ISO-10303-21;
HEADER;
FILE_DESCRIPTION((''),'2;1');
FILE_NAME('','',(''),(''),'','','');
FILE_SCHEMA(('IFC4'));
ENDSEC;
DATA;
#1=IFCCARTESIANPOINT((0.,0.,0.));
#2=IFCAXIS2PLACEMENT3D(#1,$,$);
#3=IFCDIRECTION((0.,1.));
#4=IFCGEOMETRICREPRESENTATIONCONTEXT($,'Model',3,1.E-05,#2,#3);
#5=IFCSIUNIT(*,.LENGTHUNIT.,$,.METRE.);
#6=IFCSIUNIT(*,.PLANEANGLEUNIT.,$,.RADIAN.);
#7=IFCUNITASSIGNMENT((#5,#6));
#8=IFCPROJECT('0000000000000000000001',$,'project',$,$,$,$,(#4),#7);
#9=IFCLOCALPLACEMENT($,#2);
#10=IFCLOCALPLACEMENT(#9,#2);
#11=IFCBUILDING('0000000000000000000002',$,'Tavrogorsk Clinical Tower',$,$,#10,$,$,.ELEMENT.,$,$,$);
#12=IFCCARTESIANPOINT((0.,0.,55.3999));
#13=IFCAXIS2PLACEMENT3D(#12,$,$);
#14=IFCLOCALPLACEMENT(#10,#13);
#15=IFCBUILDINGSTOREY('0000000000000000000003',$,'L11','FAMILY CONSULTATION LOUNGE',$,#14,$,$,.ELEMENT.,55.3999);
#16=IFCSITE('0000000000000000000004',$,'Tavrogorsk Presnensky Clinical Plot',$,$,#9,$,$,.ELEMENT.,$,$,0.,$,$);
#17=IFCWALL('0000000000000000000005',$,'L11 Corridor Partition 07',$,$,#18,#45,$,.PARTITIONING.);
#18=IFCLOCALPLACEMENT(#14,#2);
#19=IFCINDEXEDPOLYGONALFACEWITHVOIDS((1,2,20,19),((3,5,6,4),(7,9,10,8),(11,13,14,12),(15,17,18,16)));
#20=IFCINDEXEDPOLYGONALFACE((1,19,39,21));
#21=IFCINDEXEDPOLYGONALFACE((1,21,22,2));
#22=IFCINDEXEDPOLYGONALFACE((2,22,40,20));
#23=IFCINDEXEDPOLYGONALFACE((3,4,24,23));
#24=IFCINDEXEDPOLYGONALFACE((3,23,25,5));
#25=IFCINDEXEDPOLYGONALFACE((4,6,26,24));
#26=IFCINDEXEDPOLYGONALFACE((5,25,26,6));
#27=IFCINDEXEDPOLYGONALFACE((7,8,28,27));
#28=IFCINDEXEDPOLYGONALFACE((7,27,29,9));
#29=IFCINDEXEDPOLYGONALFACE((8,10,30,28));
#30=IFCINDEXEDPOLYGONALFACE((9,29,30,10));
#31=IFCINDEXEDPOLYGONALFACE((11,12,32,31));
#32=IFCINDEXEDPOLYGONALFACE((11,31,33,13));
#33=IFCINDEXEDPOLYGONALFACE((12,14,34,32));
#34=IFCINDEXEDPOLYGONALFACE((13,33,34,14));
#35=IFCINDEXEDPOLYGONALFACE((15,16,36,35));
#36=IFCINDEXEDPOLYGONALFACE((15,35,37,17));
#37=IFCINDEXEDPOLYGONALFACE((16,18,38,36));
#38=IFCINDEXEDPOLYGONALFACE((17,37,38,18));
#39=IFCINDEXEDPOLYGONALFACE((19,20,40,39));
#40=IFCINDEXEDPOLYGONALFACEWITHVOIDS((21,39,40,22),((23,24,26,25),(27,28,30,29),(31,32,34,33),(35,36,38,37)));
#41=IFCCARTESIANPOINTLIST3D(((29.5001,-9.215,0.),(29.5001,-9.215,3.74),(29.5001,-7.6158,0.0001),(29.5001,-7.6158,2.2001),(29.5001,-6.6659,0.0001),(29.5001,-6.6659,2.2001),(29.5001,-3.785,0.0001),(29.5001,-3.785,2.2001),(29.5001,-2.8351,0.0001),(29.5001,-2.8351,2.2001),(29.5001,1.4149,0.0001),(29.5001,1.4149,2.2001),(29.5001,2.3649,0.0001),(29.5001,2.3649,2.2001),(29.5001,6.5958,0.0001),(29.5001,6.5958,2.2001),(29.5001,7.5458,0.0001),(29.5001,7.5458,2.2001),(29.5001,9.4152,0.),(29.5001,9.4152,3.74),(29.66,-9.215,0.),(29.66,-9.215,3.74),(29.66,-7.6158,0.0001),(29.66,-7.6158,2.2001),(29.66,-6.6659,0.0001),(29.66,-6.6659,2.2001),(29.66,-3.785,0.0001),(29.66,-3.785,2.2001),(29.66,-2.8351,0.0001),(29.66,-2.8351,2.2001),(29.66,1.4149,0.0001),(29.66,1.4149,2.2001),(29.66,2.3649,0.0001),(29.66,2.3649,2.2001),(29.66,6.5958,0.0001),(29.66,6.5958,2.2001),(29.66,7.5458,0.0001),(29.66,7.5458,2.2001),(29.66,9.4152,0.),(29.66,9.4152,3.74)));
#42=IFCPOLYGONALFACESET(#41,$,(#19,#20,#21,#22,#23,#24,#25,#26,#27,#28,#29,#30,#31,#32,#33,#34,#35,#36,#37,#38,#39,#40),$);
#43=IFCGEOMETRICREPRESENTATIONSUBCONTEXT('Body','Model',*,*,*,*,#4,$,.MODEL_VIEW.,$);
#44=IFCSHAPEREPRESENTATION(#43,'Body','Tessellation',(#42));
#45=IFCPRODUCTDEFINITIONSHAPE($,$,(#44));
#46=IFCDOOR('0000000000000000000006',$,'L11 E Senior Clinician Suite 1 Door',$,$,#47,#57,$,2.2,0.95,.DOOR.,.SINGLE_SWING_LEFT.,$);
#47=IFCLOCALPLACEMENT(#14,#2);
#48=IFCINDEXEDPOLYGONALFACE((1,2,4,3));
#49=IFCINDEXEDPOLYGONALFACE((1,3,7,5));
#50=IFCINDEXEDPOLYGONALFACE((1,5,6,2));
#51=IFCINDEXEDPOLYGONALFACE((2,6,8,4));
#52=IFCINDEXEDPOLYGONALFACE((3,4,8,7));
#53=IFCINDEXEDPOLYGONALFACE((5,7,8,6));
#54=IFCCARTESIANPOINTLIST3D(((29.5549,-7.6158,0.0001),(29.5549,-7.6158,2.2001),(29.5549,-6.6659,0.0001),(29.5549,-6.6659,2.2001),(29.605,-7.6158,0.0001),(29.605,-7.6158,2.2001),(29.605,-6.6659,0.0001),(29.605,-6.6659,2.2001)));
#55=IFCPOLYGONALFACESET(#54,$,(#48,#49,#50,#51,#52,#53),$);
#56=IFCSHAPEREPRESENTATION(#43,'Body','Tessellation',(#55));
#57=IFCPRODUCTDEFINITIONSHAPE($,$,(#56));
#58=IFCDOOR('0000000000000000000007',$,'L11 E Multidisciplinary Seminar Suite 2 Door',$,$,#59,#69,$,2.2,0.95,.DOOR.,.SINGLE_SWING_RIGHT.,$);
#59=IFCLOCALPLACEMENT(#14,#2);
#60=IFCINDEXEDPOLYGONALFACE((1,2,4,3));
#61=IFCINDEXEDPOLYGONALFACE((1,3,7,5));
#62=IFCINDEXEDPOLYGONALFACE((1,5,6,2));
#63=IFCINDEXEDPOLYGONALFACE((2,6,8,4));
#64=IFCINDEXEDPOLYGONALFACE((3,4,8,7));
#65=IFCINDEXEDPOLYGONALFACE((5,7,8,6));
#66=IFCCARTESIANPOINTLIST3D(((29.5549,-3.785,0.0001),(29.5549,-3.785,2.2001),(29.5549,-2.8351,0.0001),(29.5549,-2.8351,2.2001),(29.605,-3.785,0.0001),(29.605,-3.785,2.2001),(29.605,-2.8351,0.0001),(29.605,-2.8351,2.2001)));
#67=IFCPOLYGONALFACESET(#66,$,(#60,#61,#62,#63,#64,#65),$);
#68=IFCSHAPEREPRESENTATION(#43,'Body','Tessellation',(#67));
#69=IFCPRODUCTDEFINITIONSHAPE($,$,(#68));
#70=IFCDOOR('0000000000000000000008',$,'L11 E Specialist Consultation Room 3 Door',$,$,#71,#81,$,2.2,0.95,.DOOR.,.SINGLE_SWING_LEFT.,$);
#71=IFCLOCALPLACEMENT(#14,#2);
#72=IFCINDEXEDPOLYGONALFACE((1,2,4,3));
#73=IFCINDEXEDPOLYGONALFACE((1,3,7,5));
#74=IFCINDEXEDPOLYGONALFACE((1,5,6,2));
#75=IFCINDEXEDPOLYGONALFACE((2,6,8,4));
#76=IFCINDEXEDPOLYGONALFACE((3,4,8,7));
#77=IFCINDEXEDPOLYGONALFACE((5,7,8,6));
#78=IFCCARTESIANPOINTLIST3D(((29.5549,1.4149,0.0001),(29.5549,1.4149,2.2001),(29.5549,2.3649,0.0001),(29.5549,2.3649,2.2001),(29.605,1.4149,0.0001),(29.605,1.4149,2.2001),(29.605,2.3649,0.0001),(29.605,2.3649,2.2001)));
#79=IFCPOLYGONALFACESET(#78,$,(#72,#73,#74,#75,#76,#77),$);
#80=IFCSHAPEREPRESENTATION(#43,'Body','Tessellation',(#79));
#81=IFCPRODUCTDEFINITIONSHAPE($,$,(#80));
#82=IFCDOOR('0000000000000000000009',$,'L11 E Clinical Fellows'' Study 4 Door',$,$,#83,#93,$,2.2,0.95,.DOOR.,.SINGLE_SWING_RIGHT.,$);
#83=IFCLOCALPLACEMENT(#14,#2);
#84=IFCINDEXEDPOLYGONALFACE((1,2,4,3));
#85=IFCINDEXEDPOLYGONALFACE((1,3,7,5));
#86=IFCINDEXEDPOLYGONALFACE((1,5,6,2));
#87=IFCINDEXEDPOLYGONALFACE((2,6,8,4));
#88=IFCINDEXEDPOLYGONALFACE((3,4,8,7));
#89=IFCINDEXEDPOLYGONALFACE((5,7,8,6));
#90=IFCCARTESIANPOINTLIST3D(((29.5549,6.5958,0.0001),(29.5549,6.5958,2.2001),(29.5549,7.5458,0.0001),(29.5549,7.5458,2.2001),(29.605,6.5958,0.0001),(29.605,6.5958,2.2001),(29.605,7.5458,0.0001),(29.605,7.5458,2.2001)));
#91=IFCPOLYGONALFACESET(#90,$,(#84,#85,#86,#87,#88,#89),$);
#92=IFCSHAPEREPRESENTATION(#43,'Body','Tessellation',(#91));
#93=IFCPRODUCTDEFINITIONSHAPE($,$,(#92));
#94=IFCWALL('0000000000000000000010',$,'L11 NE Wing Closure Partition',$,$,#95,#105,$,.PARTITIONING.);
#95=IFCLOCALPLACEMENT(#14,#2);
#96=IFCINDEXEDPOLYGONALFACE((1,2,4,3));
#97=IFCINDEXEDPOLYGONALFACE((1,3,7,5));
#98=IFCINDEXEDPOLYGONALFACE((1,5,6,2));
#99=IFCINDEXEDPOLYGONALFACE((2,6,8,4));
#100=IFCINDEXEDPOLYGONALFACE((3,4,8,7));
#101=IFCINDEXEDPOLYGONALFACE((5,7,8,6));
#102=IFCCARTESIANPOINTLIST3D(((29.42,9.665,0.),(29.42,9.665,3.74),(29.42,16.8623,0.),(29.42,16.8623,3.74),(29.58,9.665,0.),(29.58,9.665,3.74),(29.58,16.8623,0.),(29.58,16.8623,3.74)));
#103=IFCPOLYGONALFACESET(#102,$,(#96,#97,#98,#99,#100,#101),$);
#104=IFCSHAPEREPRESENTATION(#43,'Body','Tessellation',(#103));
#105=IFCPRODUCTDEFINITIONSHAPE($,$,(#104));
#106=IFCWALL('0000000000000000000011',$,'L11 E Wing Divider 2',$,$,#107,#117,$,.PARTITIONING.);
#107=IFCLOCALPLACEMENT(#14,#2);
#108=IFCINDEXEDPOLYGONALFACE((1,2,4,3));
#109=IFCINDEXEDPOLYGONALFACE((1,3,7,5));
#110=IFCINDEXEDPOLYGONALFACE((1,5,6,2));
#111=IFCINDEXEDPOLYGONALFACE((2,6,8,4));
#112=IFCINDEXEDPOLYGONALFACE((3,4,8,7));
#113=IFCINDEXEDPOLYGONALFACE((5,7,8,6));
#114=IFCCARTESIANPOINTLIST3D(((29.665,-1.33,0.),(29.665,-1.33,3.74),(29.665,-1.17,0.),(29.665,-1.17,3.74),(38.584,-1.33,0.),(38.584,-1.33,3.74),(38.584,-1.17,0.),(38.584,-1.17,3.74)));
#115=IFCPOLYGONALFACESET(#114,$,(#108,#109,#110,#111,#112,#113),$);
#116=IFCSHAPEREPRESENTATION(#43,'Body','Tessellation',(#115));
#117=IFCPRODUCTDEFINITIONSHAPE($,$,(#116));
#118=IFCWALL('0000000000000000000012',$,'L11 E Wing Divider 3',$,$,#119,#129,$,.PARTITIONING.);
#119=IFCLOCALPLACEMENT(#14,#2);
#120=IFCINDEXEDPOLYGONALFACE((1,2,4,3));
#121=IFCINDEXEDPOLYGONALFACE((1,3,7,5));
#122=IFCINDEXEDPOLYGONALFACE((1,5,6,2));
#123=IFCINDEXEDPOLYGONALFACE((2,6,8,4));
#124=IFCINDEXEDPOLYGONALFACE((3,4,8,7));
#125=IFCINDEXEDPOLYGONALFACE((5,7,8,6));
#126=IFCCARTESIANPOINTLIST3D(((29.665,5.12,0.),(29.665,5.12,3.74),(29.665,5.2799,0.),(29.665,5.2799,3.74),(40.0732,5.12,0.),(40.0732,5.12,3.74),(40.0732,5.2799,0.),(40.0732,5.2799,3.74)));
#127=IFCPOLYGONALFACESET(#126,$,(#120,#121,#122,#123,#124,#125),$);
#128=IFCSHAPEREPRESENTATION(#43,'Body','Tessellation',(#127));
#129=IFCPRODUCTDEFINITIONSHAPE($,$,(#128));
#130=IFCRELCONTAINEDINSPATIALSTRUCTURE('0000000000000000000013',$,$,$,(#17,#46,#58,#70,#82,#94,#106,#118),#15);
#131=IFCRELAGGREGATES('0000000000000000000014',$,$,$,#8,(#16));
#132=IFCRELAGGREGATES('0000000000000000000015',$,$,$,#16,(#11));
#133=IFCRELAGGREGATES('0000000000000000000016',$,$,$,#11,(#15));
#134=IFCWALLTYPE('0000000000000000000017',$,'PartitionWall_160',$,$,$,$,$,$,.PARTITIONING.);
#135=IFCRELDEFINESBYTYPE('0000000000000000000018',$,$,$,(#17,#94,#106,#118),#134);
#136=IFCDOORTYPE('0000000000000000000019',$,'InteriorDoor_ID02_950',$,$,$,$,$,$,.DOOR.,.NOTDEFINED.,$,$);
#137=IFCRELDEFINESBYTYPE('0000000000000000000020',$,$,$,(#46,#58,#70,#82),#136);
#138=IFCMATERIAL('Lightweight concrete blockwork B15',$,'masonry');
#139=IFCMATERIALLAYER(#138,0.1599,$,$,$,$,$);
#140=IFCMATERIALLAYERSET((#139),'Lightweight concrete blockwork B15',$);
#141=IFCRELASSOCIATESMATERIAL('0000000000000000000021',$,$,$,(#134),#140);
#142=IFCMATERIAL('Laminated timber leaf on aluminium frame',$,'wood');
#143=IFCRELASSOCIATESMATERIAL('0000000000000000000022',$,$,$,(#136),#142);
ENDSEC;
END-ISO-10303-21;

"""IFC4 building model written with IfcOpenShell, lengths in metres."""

from ifc_helpers import new_model, si_unit, direction, frame, frame_2d, origin, place, context, subcontext, project, spatial, rectangle, extrude, material, layer, layer_set, type_object, element, fill, save


model = new_model("IFC4")

# Units and contexts
model_context = context("Model", 3, precision=1e-05, world=origin(), true_north=direction((0.0, 1.0)))
body_context = subcontext(model_context, "Body", "Model", "MODEL_VIEW")
ifc_project = project(units=[si_unit("LENGTHUNIT", "METRE"), si_unit("PLANEANGLEUNIT", "RADIAN")], contexts=[model_context])

# Site, building, storey
site_placement = place(None, origin())
site = spatial("IfcSite", under=ifc_project, at=site_placement, Name="Tavrogorsk Presnensky Clinical Plot", CompositionType="ELEMENT", RefElevation=0.0)
building_placement = place(site_placement, origin())
building = spatial("IfcBuilding", under=site, at=building_placement, Name="Tavrogorsk Clinical Tower", CompositionType="ELEMENT")
storey_placement = place(building_placement, frame((0.0, 0.0, 55.3999)))
storey = spatial("IfcBuildingStorey", under=building, at=storey_placement, Name="L11", Description="FAMILY CONSULTATION LOUNGE", CompositionType="ELEMENT", Elevation=55.3999)

# Shared definitions
ifc_material_1 = material(Name="Lightweight concrete blockwork B15", Category="masonry")
ifc_layer_1 = layer(ifc_material_1, 0.1599)
ifc_layer_set_1 = layer_set([ifc_layer_1], Name="Lightweight concrete blockwork B15")
wall_type_1 = type_object("IfcWallType", Name="PartitionWall_160", PredefinedType="PARTITIONING", material=ifc_layer_set_1)

# Wall, openings, doors
wall_1_placement = place(storey_placement, frame((29.5801, 9.415, 0.0), z_axis=(0.0, 0.0, 1.0), x_axis=(0.0, -1.0, 0.0)))
wall_1 = element("IfcWall", 1, at=wall_1_placement, inside=storey, type_object=wall_type_1, Name="L11 Corridor Partition 07", PredefinedType="PARTITIONING", context=body_context, shape_type="SweptSolid", body=[
    extrude(rectangle(XDim=18.6301, YDim=0.1599, at=frame_2d((9.3149, 0.0))), origin(), (0.0, 0.0, 1.0), 3.74),
])
opening_1_placement = place(wall_1_placement, frame((16.0808, 0.0, 0.0)))
opening_1 = element("IfcOpeningElement", 2, at=opening_1_placement, cuts=wall_1, PredefinedType="OPENING", context=body_context, shape_type="SweptSolid", body=[
    extrude(rectangle(XDim=0.95, YDim=2.2, at=frame_2d((0.4751, 1.1001))), frame((0.0, 0.0898, 0.0), z_axis=(0.0, -1.0, 0.0), x_axis=(1.0, 0.0, 0.0)), (0.0, 0.0, 1.0), 0.1799),
])
opening_2_placement = place(wall_1_placement, frame((12.25, 0.0, 0.0)))
opening_2 = element("IfcOpeningElement", 3, at=opening_2_placement, cuts=wall_1, PredefinedType="OPENING", context=body_context, shape_type="SweptSolid", body=[
    extrude(rectangle(XDim=0.95, YDim=2.2, at=frame_2d((0.4751, 1.1001))), frame((0.0, 0.0898, 0.0), z_axis=(0.0, -1.0, 0.0), x_axis=(1.0, 0.0, 0.0)), (0.0, 0.0, 1.0), 0.1799),
])
opening_3_placement = place(wall_1_placement, frame((7.05, 0.0, 0.0)))
opening_3 = element("IfcOpeningElement", 4, at=opening_3_placement, cuts=wall_1, PredefinedType="OPENING", context=body_context, shape_type="SweptSolid", body=[
    extrude(rectangle(XDim=0.95, YDim=2.2, at=frame_2d((0.4751, 1.1001))), frame((0.0, 0.0898, 0.0), z_axis=(0.0, -1.0, 0.0), x_axis=(1.0, 0.0, 0.0)), (0.0, 0.0, 1.0), 0.1799),
])
opening_4_placement = place(wall_1_placement, frame((1.8691, 0.0, 0.0)))
opening_4 = element("IfcOpeningElement", 5, at=opening_4_placement, cuts=wall_1, PredefinedType="OPENING", context=body_context, shape_type="SweptSolid", body=[
    extrude(rectangle(XDim=0.95, YDim=2.2, at=frame_2d((0.4751, 1.1001))), frame((0.0, 0.0898, 0.0), z_axis=(0.0, -1.0, 0.0), x_axis=(1.0, 0.0, 0.0)), (0.0, 0.0, 1.0), 0.1799),
])
ifc_material_2 = material(Name="Laminated timber leaf on aluminium frame", Category="wood")
door_type = type_object("IfcDoorType", Name="InteriorDoor_ID02_950", OperationType="NOTDEFINED", PredefinedType="DOOR", material=ifc_material_2)
door_1_placement = place(opening_1_placement, origin())
door_1 = element("IfcDoor", 6, at=door_1_placement, inside=storey, type_object=door_type, Name="L11 E Senior Clinician Suite 1 Door", OperationType="SINGLE_SWING_LEFT", OverallHeight=2.2, OverallWidth=0.95, PredefinedType="DOOR", context=body_context, shape_type="SweptSolid", body=[
    extrude(rectangle(XDim=0.95, YDim=2.2, at=frame_2d((0.4751, 1.1001))), frame((0.0, 0.0249, 0.0), z_axis=(0.0, -1.0, 0.0), x_axis=(1.0, 0.0, 0.0)), (0.0, 0.0, 1.0), 0.05),
])
fill(opening_1, door_1)
door_2_placement = place(opening_2_placement, origin())
door_2 = element("IfcDoor", 7, at=door_2_placement, inside=storey, type_object=door_type, Name="L11 E Multidisciplinary Seminar Suite 2 Door", OperationType="SINGLE_SWING_RIGHT", OverallHeight=2.2, OverallWidth=0.95, PredefinedType="DOOR", context=body_context, shape_type="SweptSolid", body=[
    extrude(rectangle(XDim=0.95, YDim=2.2, at=frame_2d((0.4751, 1.1001))), frame((0.0, 0.0249, 0.0), z_axis=(0.0, -1.0, 0.0), x_axis=(1.0, 0.0, 0.0)), (0.0, 0.0, 1.0), 0.05),
])
fill(opening_2, door_2)
door_3_placement = place(opening_3_placement, origin())
door_3 = element("IfcDoor", 8, at=door_3_placement, inside=storey, type_object=door_type, Name="L11 E Specialist Consultation Room 3 Door", OperationType="SINGLE_SWING_LEFT", OverallHeight=2.2, OverallWidth=0.95, PredefinedType="DOOR", context=body_context, shape_type="SweptSolid", body=[
    extrude(rectangle(XDim=0.95, YDim=2.2, at=frame_2d((0.4751, 1.1001))), frame((0.0, 0.0249, 0.0), z_axis=(0.0, -1.0, 0.0), x_axis=(1.0, 0.0, 0.0)), (0.0, 0.0, 1.0), 0.05),
])
fill(opening_3, door_3)
door_4_placement = place(opening_4_placement, origin())
door_4 = element("IfcDoor", 9, at=door_4_placement, inside=storey, type_object=door_type, Name="L11 E Clinical Fellows' Study 4 Door", OperationType="SINGLE_SWING_RIGHT", OverallHeight=2.2, OverallWidth=0.95, PredefinedType="DOOR", context=body_context, shape_type="SweptSolid", body=[
    extrude(rectangle(XDim=0.95, YDim=2.2, at=frame_2d((0.4751, 1.1001))), frame((0.0, 0.0249, 0.0), z_axis=(0.0, -1.0, 0.0), x_axis=(1.0, 0.0, 0.0)), (0.0, 0.0, 1.0), 0.05),
])
fill(opening_4, door_4)

# Walls
wall_2_placement = place(storey_placement, frame((29.5, 9.665, 0.0), z_axis=(0.0, 0.0, 1.0), x_axis=(0.0, 1.0, 0.0)))
element("IfcWall", 10, at=wall_2_placement, inside=storey, type_object=wall_type_1, Name="L11 NE Wing Closure Partition", PredefinedType="PARTITIONING", context=body_context, shape_type="SweptSolid", body=[
    extrude(rectangle(XDim=7.1973, YDim=0.1599, at=frame_2d((3.5986, 0.0))), origin(), (0.0, 0.0, 1.0), 3.74),
])
wall_3_placement = place(storey_placement, frame((29.665, -1.25, 0.0), z_axis=(0.0, 0.0, 1.0), x_axis=(1.0, 0.0, 0.0)))
element("IfcWall", 11, at=wall_3_placement, inside=storey, type_object=wall_type_1, Name="L11 E Wing Divider 2", PredefinedType="PARTITIONING", context=body_context, shape_type="SweptSolid", body=[
    extrude(rectangle(XDim=8.9189, YDim=0.1599, at=frame_2d((4.4595, 0.0))), origin(), (0.0, 0.0, 1.0), 3.74),
])
wall_4_placement = place(storey_placement, frame((29.665, 5.2, 0.0), z_axis=(0.0, 0.0, 1.0), x_axis=(1.0, 0.0, 0.0)))
element("IfcWall", 12, at=wall_4_placement, inside=storey, type_object=wall_type_1, Name="L11 E Wing Divider 3", PredefinedType="PARTITIONING", context=body_context, shape_type="SweptSolid", body=[
    extrude(rectangle(XDim=10.4082, YDim=0.1599, at=frame_2d((5.2041, 0.0))), origin(), (0.0, 0.0, 1.0), 3.74),
])

save(model, "model.ifc")
